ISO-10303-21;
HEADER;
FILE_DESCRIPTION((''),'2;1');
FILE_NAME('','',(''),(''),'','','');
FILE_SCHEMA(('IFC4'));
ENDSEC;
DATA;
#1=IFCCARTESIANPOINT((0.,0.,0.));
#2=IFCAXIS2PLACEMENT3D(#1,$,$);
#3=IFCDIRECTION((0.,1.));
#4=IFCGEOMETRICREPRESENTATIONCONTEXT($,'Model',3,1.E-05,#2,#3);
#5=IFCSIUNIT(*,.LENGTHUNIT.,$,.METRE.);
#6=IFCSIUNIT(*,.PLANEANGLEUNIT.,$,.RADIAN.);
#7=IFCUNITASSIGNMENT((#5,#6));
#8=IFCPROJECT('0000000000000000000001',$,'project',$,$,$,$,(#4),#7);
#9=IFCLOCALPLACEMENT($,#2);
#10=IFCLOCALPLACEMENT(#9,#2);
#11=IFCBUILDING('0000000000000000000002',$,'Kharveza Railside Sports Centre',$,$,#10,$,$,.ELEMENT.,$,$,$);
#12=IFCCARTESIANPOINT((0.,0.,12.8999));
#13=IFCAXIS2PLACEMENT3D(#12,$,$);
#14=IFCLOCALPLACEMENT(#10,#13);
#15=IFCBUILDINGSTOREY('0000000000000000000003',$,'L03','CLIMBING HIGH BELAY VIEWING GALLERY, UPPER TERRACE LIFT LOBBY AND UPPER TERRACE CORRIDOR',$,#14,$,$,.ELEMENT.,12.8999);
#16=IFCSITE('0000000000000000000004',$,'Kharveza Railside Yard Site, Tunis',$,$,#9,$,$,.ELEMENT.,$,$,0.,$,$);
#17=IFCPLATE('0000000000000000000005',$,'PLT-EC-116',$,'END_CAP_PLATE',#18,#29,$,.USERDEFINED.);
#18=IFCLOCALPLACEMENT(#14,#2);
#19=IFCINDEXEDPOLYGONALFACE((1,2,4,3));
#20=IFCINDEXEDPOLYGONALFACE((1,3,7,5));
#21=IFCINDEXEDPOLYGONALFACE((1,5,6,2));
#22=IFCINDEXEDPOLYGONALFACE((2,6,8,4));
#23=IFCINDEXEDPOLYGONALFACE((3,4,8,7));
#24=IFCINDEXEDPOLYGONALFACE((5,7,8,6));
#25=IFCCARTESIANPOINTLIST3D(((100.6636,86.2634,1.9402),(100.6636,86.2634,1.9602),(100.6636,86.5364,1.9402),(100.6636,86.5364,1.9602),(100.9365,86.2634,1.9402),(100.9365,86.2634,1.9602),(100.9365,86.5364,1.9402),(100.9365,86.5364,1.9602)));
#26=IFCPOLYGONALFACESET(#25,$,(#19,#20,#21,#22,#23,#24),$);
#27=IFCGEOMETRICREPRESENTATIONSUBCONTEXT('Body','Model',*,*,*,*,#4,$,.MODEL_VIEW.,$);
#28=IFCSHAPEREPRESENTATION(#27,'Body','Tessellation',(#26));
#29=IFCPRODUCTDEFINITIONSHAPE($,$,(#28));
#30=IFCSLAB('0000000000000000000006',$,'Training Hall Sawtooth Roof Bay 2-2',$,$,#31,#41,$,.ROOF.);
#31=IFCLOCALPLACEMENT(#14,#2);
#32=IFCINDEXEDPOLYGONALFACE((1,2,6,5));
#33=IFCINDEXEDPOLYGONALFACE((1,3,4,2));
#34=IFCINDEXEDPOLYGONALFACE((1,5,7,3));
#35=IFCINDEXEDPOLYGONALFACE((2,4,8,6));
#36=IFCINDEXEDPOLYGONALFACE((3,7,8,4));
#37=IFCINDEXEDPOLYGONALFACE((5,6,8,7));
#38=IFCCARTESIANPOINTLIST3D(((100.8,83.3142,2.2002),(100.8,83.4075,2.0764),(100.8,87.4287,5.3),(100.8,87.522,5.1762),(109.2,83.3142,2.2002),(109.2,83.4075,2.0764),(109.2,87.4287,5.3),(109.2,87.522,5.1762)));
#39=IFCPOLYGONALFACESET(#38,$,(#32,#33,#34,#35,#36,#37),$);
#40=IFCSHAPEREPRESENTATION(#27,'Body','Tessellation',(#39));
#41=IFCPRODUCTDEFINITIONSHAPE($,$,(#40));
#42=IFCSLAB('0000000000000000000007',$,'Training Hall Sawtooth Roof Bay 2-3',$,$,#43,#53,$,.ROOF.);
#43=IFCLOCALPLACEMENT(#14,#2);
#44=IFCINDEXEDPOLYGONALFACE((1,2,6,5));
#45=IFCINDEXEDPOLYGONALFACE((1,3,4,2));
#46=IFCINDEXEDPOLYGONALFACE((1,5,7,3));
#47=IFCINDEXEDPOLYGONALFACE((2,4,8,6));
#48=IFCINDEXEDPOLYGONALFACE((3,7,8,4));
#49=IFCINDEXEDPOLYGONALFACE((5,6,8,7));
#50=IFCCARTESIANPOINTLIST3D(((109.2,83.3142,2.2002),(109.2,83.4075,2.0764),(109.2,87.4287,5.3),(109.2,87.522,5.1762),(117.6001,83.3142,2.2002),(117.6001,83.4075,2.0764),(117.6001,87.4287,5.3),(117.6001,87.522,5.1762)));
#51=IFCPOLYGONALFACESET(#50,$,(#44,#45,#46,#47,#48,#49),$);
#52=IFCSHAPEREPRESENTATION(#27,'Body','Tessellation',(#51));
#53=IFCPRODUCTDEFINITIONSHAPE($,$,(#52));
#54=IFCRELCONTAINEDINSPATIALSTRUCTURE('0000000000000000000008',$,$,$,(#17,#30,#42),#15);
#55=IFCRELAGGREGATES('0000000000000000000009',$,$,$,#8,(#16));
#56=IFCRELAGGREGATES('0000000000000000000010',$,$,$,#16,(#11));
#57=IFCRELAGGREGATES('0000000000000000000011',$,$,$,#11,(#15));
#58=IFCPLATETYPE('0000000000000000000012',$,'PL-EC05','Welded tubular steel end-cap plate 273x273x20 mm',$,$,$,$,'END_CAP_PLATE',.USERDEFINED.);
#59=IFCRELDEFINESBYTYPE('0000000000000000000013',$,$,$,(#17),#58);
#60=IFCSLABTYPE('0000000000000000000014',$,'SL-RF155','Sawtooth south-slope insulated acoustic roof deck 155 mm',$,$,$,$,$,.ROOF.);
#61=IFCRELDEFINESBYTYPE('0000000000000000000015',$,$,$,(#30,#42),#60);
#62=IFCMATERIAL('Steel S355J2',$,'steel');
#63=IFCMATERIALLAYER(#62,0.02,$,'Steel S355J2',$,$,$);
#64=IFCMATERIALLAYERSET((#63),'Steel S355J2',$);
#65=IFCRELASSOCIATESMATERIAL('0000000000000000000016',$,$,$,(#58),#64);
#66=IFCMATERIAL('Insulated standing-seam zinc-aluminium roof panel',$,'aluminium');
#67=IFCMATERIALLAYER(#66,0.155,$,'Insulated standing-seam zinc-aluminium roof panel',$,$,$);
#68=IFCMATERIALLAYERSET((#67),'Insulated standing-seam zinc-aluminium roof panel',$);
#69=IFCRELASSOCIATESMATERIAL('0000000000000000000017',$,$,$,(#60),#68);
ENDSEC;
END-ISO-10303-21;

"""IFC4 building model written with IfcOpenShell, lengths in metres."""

from ifc_helpers import new_model, si_unit, direction, frame, origin, origin_2d, place, context, subcontext, project, spatial, polyline, rectangle, outline, extrude, material, layer, layer_set, type_object, element, save


model = new_model("IFC4")

# Units and contexts
model_context = context("Model", 3, precision=1e-05, world=origin(), true_north=direction((0.0, 1.0)))
body_context = subcontext(model_context, "Body", "Model", "MODEL_VIEW")
ifc_project = project(units=[si_unit("LENGTHUNIT", "METRE"), si_unit("PLANEANGLEUNIT", "RADIAN")], contexts=[model_context])

# Site, building, storey
site_placement = place(None, origin())
site = spatial("IfcSite", under=ifc_project, at=site_placement, Name="Kharveza Railside Yard Site, Tunis", CompositionType="ELEMENT", RefElevation=0.0)
building_placement = place(site_placement, origin())
building = spatial("IfcBuilding", under=site, at=building_placement, Name="Kharveza Railside Sports Centre", CompositionType="ELEMENT")
storey_placement = place(building_placement, frame((0.0, 0.0, 12.8999)))
storey = spatial("IfcBuildingStorey", under=building, at=storey_placement, Name="L03", Description="CLIMBING HIGH BELAY VIEWING GALLERY, UPPER TERRACE LIFT LOBBY AND UPPER TERRACE CORRIDOR", CompositionType="ELEMENT", Elevation=12.8999)

# Shared definitions
ifc_material_1 = material(Name="Steel S355J2", Category="steel")

# Plate
ifc_layer_1 = layer(ifc_material_1, 0.02, Name="Steel S355J2")
ifc_layer_set_1 = layer_set([ifc_layer_1], Name="Steel S355J2")
plate_type_1 = type_object("IfcPlateType", Name="PL-EC05", Description="Welded tubular steel end-cap plate 273x273x20 mm", ElementType="END_CAP_PLATE", PredefinedType="USERDEFINED", material=ifc_layer_set_1)
for number, where, z_axis, x_axis, name in (
    (1, (100.8, 86.3999, 1.9402), (0.0, 0.0, 1.0), (1.0, 0.0, 0.0), "PLT-EC-116"),
):
    element("IfcPlate", number, at=place(storey_placement, frame(where, z_axis=z_axis, x_axis=x_axis)), inside=storey, type_object=plate_type_1, Name=name, ObjectType="END_CAP_PLATE", PredefinedType="USERDEFINED", context=body_context, shape_type="SweptSolid", body=[
        extrude(rectangle(XDim=0.2729, YDim=0.2729, at=origin_2d()), origin(), (0.0, 0.0, 1.0), 0.02),
    ])

# Slabs
ifc_material_2 = material(Name="Insulated standing-seam zinc-aluminium roof panel", Category="aluminium")
ifc_layer_2 = layer(ifc_material_2, 0.155, Name="Insulated standing-seam zinc-aluminium roof panel")
ifc_layer_set_2 = layer_set([ifc_layer_2], Name="Insulated standing-seam zinc-aluminium roof panel")
slab_type = type_object("IfcSlabType", Name="SL-RF155", Description="Sawtooth south-slope insulated acoustic roof deck 155 mm", PredefinedType="ROOF", material=ifc_layer_set_2)
slab_1_placement = place(storey_placement, frame((100.8, 83.3142, 2.2002), z_axis=(0.0, -0.601735, 0.798696), x_axis=(1.0, 0.0, 0.0)))
element("IfcSlab", 2, at=slab_1_placement, inside=storey, type_object=slab_type, Name="Training Hall Sawtooth Roof Bay 2-2", PredefinedType="ROOF", context=body_context, shape_type="SweptSolid", body=[
    extrude(outline(polyline([(0.0, 0.0), (8.3999, 0.0), (8.3999, 5.1515), (0.0, 5.1515), (0.0, 0.0)])), origin(), (0.0, 0.0, -1.0), 0.155),
])
slab_2_placement = place(storey_placement, frame((109.2, 83.3142, 2.2002), z_axis=(0.0, -0.601735, 0.798696), x_axis=(1.0, 0.0, 0.0)))
element("IfcSlab", 3, at=slab_2_placement, inside=storey, type_object=slab_type, Name="Training Hall Sawtooth Roof Bay 2-3", PredefinedType="ROOF", context=body_context, shape_type="SweptSolid", body=[
    extrude(outline(polyline([(0.0, 0.0), (8.4001, 0.0), (8.4001, 5.1515), (0.0, 5.1515), (0.0, 0.0)])), origin(), (0.0, 0.0, -1.0), 0.155),
])

save(model, "model.ifc")
